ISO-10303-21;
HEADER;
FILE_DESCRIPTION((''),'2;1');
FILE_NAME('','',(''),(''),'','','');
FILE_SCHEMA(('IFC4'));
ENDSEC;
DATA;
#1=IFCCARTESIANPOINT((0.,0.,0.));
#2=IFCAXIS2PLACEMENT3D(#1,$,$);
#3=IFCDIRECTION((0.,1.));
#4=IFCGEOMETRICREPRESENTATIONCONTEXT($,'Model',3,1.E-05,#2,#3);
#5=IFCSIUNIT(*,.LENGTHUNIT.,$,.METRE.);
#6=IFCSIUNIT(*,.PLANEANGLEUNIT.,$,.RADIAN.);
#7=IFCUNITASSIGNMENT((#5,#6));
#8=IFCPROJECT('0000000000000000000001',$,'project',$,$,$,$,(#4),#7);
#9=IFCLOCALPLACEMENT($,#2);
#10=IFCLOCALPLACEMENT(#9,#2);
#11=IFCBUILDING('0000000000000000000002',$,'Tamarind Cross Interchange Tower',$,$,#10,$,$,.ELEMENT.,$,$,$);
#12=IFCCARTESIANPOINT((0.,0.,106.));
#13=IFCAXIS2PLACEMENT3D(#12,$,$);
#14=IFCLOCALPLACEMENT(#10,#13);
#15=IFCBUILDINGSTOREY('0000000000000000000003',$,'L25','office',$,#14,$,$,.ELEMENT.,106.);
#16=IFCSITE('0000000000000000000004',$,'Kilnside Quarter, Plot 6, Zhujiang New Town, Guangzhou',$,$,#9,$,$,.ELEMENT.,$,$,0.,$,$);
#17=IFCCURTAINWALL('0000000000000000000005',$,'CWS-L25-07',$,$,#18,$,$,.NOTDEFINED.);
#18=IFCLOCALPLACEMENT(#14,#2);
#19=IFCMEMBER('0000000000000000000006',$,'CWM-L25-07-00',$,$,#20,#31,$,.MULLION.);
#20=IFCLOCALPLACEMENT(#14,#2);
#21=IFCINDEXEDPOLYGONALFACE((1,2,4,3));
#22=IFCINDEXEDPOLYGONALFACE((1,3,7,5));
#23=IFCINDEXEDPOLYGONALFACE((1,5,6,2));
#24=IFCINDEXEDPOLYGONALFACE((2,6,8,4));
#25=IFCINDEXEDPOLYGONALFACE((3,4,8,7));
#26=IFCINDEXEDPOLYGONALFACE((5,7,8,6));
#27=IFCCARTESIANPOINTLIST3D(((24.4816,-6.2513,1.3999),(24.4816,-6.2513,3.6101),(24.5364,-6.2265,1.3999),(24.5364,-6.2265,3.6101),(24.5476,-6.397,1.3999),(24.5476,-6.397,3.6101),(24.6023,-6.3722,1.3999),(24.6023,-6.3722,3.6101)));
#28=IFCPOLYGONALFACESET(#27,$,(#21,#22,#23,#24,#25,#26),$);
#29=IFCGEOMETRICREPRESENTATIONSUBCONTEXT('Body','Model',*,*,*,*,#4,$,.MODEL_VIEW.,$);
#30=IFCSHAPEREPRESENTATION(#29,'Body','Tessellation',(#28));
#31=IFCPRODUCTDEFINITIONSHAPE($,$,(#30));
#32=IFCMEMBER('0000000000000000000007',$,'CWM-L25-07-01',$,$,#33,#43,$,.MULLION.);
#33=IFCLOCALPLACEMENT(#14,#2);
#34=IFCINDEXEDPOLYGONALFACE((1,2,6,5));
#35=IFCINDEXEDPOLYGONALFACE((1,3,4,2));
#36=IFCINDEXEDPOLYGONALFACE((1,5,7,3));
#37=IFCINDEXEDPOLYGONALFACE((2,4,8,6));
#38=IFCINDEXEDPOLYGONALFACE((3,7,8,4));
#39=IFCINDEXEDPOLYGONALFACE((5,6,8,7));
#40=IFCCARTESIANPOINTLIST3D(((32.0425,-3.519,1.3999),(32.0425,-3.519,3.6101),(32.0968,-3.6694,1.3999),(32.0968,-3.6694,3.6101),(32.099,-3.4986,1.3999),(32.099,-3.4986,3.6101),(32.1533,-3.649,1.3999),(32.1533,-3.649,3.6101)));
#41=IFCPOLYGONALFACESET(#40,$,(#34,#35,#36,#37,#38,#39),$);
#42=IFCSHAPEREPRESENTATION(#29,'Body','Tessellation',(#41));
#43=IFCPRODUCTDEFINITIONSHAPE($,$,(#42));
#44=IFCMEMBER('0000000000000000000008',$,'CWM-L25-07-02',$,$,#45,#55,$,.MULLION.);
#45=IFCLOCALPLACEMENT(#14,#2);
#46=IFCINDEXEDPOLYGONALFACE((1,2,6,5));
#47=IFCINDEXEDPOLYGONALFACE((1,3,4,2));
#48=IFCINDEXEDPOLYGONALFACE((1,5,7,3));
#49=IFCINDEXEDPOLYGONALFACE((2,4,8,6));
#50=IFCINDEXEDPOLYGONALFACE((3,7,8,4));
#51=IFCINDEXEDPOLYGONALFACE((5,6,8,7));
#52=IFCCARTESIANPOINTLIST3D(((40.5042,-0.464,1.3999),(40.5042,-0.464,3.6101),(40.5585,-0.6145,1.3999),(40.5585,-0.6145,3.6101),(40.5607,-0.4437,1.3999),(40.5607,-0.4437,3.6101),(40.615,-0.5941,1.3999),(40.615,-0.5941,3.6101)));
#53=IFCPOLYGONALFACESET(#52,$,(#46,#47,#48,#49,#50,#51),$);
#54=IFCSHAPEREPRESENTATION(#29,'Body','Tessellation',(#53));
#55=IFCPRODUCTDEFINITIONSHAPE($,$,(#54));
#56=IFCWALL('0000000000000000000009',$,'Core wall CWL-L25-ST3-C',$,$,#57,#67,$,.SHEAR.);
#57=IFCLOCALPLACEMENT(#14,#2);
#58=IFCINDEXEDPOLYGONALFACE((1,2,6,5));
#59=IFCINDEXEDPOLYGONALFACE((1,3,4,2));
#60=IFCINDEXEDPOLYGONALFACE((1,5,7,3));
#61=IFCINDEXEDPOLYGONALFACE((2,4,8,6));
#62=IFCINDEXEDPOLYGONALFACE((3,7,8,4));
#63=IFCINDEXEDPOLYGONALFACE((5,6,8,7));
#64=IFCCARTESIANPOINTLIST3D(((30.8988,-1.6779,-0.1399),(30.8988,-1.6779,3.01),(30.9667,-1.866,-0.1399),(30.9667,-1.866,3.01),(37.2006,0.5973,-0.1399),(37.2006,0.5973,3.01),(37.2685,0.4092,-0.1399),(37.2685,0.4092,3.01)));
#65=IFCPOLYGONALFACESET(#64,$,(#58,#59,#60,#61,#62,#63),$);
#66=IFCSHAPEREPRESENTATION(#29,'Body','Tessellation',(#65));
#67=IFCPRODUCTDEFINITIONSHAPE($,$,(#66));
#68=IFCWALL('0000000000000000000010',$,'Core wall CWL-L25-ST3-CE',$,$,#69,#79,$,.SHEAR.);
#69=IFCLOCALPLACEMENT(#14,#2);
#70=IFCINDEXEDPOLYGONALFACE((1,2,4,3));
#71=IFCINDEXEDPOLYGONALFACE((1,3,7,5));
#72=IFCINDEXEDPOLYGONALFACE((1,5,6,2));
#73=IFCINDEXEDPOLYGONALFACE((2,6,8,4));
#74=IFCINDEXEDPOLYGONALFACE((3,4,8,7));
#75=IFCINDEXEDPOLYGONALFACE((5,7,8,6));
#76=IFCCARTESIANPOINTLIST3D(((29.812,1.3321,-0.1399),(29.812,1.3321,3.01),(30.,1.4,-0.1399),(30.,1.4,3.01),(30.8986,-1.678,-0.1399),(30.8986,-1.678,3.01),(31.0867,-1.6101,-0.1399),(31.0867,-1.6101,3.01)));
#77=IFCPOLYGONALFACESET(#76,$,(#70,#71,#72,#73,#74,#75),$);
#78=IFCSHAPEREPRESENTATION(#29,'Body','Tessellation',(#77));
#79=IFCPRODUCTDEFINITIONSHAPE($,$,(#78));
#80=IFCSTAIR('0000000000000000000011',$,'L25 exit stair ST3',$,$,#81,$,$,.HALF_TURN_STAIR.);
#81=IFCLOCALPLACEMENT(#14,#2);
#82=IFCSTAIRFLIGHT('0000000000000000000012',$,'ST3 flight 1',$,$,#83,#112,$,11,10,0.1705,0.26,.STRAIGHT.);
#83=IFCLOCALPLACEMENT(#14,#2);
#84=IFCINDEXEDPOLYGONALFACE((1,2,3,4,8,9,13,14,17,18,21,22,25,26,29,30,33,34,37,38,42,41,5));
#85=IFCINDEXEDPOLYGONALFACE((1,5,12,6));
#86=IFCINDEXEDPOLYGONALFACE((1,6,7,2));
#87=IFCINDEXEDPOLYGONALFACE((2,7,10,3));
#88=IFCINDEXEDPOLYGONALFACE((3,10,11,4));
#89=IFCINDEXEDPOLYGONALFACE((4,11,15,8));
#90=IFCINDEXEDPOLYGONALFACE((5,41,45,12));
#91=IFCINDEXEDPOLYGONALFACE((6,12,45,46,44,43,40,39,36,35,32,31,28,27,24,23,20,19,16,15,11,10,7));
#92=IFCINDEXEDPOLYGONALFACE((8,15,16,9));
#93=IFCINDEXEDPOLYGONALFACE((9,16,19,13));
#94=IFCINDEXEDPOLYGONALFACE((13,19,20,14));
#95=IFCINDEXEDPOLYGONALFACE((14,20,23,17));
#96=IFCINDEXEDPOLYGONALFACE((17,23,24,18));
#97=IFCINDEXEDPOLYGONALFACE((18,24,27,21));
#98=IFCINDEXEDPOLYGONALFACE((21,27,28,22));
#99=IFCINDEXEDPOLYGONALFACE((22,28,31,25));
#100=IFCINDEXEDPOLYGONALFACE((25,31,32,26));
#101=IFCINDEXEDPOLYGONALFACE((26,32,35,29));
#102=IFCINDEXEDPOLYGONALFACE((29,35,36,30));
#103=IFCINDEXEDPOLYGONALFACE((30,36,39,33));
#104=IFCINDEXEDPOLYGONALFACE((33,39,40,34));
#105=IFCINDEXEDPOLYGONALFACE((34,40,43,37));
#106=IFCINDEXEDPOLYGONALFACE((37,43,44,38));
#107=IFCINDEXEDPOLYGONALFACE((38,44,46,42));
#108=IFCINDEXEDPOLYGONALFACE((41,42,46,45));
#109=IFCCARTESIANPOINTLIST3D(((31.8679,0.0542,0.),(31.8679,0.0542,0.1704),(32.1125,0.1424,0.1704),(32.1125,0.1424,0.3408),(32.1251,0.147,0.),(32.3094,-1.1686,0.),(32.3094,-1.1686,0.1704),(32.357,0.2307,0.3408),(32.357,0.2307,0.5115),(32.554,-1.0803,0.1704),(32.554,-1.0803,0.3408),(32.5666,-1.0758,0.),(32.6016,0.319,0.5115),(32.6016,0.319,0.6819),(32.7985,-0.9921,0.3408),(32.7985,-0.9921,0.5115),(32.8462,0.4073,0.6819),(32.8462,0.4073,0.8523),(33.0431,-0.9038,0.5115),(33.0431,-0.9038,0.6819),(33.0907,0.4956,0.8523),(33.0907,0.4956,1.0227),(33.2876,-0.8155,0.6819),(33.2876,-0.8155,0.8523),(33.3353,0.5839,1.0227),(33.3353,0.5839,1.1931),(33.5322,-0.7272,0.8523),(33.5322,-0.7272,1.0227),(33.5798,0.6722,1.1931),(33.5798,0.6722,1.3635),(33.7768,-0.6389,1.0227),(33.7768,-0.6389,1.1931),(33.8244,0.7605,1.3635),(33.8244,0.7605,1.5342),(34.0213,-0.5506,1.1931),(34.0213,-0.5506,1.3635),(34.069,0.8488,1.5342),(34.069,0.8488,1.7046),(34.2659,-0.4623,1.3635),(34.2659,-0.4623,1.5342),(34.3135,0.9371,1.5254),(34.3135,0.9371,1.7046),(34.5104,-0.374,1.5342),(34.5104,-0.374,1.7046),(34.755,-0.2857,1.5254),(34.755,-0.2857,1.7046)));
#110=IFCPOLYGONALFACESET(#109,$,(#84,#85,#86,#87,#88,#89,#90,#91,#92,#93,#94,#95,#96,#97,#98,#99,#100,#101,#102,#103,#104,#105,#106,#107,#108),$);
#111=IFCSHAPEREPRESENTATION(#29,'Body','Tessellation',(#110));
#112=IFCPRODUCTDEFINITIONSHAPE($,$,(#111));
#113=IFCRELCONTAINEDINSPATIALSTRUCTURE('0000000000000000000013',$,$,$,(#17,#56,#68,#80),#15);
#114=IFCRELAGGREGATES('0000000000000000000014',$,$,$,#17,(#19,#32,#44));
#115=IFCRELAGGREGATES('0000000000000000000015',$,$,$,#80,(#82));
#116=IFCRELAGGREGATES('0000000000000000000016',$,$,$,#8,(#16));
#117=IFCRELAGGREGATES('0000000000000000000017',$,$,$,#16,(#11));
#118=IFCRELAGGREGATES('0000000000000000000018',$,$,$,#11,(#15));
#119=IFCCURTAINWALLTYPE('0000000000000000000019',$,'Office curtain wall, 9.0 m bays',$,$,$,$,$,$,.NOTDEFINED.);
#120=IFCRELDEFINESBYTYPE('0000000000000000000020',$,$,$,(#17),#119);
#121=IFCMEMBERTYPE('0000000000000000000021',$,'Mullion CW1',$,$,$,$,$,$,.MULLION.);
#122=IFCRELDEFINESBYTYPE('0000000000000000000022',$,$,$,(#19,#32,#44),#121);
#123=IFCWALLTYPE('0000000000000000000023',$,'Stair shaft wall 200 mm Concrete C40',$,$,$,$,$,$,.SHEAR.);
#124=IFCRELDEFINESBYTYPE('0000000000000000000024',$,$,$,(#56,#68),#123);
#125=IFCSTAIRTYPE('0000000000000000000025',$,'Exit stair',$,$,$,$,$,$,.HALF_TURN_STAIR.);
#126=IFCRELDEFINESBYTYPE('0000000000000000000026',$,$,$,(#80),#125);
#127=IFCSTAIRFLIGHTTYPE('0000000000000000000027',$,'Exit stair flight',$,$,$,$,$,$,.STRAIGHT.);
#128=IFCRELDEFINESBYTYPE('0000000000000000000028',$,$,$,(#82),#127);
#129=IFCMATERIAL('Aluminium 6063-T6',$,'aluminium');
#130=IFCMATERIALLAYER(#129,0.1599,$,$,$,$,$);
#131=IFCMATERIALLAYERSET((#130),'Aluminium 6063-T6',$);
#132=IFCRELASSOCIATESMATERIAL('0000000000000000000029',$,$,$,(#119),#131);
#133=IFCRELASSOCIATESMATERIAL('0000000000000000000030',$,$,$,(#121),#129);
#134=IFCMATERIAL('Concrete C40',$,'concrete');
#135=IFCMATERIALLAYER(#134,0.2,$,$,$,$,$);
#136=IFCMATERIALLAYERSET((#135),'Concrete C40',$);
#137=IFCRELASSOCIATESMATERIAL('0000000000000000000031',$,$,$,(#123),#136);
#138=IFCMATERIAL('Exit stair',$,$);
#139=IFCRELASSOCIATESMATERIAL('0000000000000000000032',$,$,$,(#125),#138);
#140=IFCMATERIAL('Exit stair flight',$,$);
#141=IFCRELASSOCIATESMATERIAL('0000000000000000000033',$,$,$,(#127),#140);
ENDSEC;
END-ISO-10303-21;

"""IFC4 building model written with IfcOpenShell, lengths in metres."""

from ifc_helpers import new_model, si_unit, direction, frame, frame_2d, origin, origin_2d, place, context, subcontext, project, spatial, polyline, rectangle, outline, extrude, material, layer, layer_set, material_profile, profile_set, type_object, element, aggregate, save


model = new_model("IFC4")

# Units and contexts
model_context = context("Model", 3, precision=1e-05, world=origin(), true_north=direction((0.0, 1.0)))
body_context = subcontext(model_context, "Body", "Model", "MODEL_VIEW")
ifc_project = project(units=[si_unit("LENGTHUNIT", "METRE"), si_unit("PLANEANGLEUNIT", "RADIAN")], contexts=[model_context])

# Site, building, storey
site_placement = place(None, origin())
site = spatial("IfcSite", under=ifc_project, at=site_placement, Name="Kilnside Quarter, Plot 6, Zhujiang New Town, Guangzhou", CompositionType="ELEMENT", RefElevation=0.0)
building_placement = place(site_placement, origin())
building = spatial("IfcBuilding", under=site, at=building_placement, Name="Tamarind Cross Interchange Tower", CompositionType="ELEMENT")
storey_placement = place(building_placement, frame((0.0, 0.0, 106.0)))
storey = spatial("IfcBuildingStorey", under=building, at=storey_placement, Name="L25", Description="office", CompositionType="ELEMENT", Elevation=106.0)

# Curtain wall, members
ifc_material_1 = material(Name="Aluminium 6063-T6", Category="aluminium")
ifc_layer_1 = layer(ifc_material_1, 0.1599)
ifc_layer_set_1 = layer_set([ifc_layer_1], Name="Aluminium 6063-T6")
curtain_wall_type = type_object("IfcCurtainWallType", Name="Office curtain wall, 9.0 m bays", PredefinedType="NOTDEFINED", material=ifc_layer_set_1)
curtain_wall_placement = place(storey_placement, origin())
curtain_wall = element("IfcCurtainWall", 1, at=curtain_wall_placement, inside=storey, type_object=curtain_wall_type, Name="CWS-L25-07", PredefinedType="NOTDEFINED")
ifc_material_profile_1 = material_profile(ifc_material_1, rectangle(XDim=0.0601, YDim=0.1599, at=origin_2d()), Name="Mullion CW1")
ifc_profile_set_1 = profile_set([ifc_material_profile_1], Name="Aluminium 6063-T6")
member_type = type_object("IfcMemberType", Name="Mullion CW1", PredefinedType="MULLION", material=ifc_profile_set_1)
member_1_placement = place(storey_placement, frame((24.542, -6.3118, 1.3999), z_axis=(0.0, 0.0, 1.0), x_axis=(0.910916, 0.412591, 0.0)))
member_1 = element("IfcMember", 2, at=member_1_placement, type_object=member_type, Name="CWM-L25-07-00", PredefinedType="MULLION", context=body_context, shape_type="SweptSolid", body=[
    extrude(rectangle(XDim=0.0601, YDim=0.1599, at=origin_2d()), origin(), (0.0, 0.0, 1.0), 2.2102),
])
member_2_placement = place(storey_placement, frame((32.0979, -3.584, 1.3999), z_axis=(0.0, 0.0, 1.0), x_axis=(0.940578, 0.339579, 0.0)))
member_2 = element("IfcMember", 3, at=member_2_placement, type_object=member_type, Name="CWM-L25-07-01", PredefinedType="MULLION", context=body_context, shape_type="SweptSolid", body=[
    extrude(rectangle(XDim=0.0601, YDim=0.1599, at=origin_2d()), origin(), (0.0, 0.0, 1.0), 2.2102),
])
member_3_placement = place(storey_placement, frame((40.5596, -0.5291, 1.3999), z_axis=(0.0, 0.0, 1.0), x_axis=(0.940578, 0.339579, 0.0)))
member_3 = element("IfcMember", 4, at=member_3_placement, type_object=member_type, Name="CWM-L25-07-02", PredefinedType="MULLION", context=body_context, shape_type="SweptSolid", body=[
    extrude(rectangle(XDim=0.0601, YDim=0.1599, at=origin_2d()), origin(), (0.0, 0.0, 1.0), 2.2102),
])
aggregate(curtain_wall, [member_1, member_2, member_3])

# Walls
ifc_material_2 = material(Name="Concrete C40", Category="concrete")
ifc_layer_2 = layer(ifc_material_2, 0.2)
ifc_layer_set_2 = layer_set([ifc_layer_2], Name="Concrete C40")
wall_type = type_object("IfcWallType", Name="Stair shaft wall 200 mm Concrete C40", PredefinedType="SHEAR", material=ifc_layer_set_2)
wall_1_placement = place(storey_placement, frame((30.9326, -1.772, -0.1399), z_axis=(0.0, 0.0, 1.0), x_axis=(0.940577, 0.33958, 0.0)))
element("IfcWall", 5, at=wall_1_placement, inside=storey, type_object=wall_type, Name="Core wall CWL-L25-ST3-C", PredefinedType="SHEAR", context=body_context, shape_type="SweptSolid", body=[
    extrude(rectangle(XDim=6.7, YDim=0.2, at=frame_2d((3.3501, 0.0))), origin(), (0.0, 0.0, 1.0), 3.1499),
])
wall_2_placement = place(storey_placement, frame((30.9927, -1.644, -0.1399), z_axis=(0.0, 0.0, 1.0), x_axis=(-0.339568, 0.940582, 0.0)))
element("IfcWall", 6, at=wall_2_placement, inside=storey, type_object=wall_type, Name="Core wall CWL-L25-ST3-CE", PredefinedType="SHEAR", context=body_context, shape_type="SweptSolid", body=[
    extrude(rectangle(XDim=3.2002, YDim=0.2, at=frame_2d((1.6001, 0.0))), origin(), (0.0, 0.0, 1.0), 3.1499),
])

# Stair, stair flight
ifc_material_3 = material(Name="Exit stair")
stair_type = type_object("IfcStairType", Name="Exit stair", PredefinedType="HALF_TURN_STAIR", material=ifc_material_3)
stair_placement = place(storey_placement, origin())
stair = element("IfcStair", 7, at=stair_placement, inside=storey, type_object=stair_type, Name="L25 exit stair ST3", PredefinedType="HALF_TURN_STAIR")
ifc_material_4 = material(Name="Exit stair flight")
stair_flight_type = type_object("IfcStairFlightType", Name="Exit stair flight", PredefinedType="STRAIGHT", material=ifc_material_4)
stair_flight_placement = place(storey_placement, frame((32.0886, -0.5571, 0.0), z_axis=(0.0, 0.0, 1.0), x_axis=(0.940578, 0.339579, 0.0)))
stair_flight = element("IfcStairFlight", 8, at=stair_flight_placement, type_object=stair_flight_type, Name="ST3 flight 1", NumberOfRisers=11, NumberOfTreads=10, PredefinedType="STRAIGHT", RiserHeight=0.1705, TreadLength=0.26, context=body_context, shape_type="SweptSolid", body=[
    extrude(outline(polyline([(0.0, 0.0), (0.0, 0.1704), (0.26, 0.1704), (0.26, 0.3408), (0.52, 0.3408), (0.52, 0.5115), (0.78, 0.5115), (0.78, 0.6819), (1.04, 0.6819), (1.04, 0.8523), (1.3, 0.8523), (1.3, 1.0227), (1.5601, 1.0227), (1.5601, 1.1931), (1.8201, 1.1931), (1.8201, 1.3635), (2.0801, 1.3635), (2.0801, 1.5342), (2.3401, 1.5342), (2.3401, 1.7046), (2.6001, 1.7046), (2.6001, 1.875), (2.6001, 1.5254), (0.2734, 0.0), (0.0, 0.0)])), frame((0.0, 0.6499, 0.0), z_axis=(0.0, -1.0, 0.0), x_axis=(1.0, 0.0, 0.0)), (0.0, 0.0, 1.0), 1.3),
])
aggregate(stair, [stair_flight])

save(model, "model.ifc")
